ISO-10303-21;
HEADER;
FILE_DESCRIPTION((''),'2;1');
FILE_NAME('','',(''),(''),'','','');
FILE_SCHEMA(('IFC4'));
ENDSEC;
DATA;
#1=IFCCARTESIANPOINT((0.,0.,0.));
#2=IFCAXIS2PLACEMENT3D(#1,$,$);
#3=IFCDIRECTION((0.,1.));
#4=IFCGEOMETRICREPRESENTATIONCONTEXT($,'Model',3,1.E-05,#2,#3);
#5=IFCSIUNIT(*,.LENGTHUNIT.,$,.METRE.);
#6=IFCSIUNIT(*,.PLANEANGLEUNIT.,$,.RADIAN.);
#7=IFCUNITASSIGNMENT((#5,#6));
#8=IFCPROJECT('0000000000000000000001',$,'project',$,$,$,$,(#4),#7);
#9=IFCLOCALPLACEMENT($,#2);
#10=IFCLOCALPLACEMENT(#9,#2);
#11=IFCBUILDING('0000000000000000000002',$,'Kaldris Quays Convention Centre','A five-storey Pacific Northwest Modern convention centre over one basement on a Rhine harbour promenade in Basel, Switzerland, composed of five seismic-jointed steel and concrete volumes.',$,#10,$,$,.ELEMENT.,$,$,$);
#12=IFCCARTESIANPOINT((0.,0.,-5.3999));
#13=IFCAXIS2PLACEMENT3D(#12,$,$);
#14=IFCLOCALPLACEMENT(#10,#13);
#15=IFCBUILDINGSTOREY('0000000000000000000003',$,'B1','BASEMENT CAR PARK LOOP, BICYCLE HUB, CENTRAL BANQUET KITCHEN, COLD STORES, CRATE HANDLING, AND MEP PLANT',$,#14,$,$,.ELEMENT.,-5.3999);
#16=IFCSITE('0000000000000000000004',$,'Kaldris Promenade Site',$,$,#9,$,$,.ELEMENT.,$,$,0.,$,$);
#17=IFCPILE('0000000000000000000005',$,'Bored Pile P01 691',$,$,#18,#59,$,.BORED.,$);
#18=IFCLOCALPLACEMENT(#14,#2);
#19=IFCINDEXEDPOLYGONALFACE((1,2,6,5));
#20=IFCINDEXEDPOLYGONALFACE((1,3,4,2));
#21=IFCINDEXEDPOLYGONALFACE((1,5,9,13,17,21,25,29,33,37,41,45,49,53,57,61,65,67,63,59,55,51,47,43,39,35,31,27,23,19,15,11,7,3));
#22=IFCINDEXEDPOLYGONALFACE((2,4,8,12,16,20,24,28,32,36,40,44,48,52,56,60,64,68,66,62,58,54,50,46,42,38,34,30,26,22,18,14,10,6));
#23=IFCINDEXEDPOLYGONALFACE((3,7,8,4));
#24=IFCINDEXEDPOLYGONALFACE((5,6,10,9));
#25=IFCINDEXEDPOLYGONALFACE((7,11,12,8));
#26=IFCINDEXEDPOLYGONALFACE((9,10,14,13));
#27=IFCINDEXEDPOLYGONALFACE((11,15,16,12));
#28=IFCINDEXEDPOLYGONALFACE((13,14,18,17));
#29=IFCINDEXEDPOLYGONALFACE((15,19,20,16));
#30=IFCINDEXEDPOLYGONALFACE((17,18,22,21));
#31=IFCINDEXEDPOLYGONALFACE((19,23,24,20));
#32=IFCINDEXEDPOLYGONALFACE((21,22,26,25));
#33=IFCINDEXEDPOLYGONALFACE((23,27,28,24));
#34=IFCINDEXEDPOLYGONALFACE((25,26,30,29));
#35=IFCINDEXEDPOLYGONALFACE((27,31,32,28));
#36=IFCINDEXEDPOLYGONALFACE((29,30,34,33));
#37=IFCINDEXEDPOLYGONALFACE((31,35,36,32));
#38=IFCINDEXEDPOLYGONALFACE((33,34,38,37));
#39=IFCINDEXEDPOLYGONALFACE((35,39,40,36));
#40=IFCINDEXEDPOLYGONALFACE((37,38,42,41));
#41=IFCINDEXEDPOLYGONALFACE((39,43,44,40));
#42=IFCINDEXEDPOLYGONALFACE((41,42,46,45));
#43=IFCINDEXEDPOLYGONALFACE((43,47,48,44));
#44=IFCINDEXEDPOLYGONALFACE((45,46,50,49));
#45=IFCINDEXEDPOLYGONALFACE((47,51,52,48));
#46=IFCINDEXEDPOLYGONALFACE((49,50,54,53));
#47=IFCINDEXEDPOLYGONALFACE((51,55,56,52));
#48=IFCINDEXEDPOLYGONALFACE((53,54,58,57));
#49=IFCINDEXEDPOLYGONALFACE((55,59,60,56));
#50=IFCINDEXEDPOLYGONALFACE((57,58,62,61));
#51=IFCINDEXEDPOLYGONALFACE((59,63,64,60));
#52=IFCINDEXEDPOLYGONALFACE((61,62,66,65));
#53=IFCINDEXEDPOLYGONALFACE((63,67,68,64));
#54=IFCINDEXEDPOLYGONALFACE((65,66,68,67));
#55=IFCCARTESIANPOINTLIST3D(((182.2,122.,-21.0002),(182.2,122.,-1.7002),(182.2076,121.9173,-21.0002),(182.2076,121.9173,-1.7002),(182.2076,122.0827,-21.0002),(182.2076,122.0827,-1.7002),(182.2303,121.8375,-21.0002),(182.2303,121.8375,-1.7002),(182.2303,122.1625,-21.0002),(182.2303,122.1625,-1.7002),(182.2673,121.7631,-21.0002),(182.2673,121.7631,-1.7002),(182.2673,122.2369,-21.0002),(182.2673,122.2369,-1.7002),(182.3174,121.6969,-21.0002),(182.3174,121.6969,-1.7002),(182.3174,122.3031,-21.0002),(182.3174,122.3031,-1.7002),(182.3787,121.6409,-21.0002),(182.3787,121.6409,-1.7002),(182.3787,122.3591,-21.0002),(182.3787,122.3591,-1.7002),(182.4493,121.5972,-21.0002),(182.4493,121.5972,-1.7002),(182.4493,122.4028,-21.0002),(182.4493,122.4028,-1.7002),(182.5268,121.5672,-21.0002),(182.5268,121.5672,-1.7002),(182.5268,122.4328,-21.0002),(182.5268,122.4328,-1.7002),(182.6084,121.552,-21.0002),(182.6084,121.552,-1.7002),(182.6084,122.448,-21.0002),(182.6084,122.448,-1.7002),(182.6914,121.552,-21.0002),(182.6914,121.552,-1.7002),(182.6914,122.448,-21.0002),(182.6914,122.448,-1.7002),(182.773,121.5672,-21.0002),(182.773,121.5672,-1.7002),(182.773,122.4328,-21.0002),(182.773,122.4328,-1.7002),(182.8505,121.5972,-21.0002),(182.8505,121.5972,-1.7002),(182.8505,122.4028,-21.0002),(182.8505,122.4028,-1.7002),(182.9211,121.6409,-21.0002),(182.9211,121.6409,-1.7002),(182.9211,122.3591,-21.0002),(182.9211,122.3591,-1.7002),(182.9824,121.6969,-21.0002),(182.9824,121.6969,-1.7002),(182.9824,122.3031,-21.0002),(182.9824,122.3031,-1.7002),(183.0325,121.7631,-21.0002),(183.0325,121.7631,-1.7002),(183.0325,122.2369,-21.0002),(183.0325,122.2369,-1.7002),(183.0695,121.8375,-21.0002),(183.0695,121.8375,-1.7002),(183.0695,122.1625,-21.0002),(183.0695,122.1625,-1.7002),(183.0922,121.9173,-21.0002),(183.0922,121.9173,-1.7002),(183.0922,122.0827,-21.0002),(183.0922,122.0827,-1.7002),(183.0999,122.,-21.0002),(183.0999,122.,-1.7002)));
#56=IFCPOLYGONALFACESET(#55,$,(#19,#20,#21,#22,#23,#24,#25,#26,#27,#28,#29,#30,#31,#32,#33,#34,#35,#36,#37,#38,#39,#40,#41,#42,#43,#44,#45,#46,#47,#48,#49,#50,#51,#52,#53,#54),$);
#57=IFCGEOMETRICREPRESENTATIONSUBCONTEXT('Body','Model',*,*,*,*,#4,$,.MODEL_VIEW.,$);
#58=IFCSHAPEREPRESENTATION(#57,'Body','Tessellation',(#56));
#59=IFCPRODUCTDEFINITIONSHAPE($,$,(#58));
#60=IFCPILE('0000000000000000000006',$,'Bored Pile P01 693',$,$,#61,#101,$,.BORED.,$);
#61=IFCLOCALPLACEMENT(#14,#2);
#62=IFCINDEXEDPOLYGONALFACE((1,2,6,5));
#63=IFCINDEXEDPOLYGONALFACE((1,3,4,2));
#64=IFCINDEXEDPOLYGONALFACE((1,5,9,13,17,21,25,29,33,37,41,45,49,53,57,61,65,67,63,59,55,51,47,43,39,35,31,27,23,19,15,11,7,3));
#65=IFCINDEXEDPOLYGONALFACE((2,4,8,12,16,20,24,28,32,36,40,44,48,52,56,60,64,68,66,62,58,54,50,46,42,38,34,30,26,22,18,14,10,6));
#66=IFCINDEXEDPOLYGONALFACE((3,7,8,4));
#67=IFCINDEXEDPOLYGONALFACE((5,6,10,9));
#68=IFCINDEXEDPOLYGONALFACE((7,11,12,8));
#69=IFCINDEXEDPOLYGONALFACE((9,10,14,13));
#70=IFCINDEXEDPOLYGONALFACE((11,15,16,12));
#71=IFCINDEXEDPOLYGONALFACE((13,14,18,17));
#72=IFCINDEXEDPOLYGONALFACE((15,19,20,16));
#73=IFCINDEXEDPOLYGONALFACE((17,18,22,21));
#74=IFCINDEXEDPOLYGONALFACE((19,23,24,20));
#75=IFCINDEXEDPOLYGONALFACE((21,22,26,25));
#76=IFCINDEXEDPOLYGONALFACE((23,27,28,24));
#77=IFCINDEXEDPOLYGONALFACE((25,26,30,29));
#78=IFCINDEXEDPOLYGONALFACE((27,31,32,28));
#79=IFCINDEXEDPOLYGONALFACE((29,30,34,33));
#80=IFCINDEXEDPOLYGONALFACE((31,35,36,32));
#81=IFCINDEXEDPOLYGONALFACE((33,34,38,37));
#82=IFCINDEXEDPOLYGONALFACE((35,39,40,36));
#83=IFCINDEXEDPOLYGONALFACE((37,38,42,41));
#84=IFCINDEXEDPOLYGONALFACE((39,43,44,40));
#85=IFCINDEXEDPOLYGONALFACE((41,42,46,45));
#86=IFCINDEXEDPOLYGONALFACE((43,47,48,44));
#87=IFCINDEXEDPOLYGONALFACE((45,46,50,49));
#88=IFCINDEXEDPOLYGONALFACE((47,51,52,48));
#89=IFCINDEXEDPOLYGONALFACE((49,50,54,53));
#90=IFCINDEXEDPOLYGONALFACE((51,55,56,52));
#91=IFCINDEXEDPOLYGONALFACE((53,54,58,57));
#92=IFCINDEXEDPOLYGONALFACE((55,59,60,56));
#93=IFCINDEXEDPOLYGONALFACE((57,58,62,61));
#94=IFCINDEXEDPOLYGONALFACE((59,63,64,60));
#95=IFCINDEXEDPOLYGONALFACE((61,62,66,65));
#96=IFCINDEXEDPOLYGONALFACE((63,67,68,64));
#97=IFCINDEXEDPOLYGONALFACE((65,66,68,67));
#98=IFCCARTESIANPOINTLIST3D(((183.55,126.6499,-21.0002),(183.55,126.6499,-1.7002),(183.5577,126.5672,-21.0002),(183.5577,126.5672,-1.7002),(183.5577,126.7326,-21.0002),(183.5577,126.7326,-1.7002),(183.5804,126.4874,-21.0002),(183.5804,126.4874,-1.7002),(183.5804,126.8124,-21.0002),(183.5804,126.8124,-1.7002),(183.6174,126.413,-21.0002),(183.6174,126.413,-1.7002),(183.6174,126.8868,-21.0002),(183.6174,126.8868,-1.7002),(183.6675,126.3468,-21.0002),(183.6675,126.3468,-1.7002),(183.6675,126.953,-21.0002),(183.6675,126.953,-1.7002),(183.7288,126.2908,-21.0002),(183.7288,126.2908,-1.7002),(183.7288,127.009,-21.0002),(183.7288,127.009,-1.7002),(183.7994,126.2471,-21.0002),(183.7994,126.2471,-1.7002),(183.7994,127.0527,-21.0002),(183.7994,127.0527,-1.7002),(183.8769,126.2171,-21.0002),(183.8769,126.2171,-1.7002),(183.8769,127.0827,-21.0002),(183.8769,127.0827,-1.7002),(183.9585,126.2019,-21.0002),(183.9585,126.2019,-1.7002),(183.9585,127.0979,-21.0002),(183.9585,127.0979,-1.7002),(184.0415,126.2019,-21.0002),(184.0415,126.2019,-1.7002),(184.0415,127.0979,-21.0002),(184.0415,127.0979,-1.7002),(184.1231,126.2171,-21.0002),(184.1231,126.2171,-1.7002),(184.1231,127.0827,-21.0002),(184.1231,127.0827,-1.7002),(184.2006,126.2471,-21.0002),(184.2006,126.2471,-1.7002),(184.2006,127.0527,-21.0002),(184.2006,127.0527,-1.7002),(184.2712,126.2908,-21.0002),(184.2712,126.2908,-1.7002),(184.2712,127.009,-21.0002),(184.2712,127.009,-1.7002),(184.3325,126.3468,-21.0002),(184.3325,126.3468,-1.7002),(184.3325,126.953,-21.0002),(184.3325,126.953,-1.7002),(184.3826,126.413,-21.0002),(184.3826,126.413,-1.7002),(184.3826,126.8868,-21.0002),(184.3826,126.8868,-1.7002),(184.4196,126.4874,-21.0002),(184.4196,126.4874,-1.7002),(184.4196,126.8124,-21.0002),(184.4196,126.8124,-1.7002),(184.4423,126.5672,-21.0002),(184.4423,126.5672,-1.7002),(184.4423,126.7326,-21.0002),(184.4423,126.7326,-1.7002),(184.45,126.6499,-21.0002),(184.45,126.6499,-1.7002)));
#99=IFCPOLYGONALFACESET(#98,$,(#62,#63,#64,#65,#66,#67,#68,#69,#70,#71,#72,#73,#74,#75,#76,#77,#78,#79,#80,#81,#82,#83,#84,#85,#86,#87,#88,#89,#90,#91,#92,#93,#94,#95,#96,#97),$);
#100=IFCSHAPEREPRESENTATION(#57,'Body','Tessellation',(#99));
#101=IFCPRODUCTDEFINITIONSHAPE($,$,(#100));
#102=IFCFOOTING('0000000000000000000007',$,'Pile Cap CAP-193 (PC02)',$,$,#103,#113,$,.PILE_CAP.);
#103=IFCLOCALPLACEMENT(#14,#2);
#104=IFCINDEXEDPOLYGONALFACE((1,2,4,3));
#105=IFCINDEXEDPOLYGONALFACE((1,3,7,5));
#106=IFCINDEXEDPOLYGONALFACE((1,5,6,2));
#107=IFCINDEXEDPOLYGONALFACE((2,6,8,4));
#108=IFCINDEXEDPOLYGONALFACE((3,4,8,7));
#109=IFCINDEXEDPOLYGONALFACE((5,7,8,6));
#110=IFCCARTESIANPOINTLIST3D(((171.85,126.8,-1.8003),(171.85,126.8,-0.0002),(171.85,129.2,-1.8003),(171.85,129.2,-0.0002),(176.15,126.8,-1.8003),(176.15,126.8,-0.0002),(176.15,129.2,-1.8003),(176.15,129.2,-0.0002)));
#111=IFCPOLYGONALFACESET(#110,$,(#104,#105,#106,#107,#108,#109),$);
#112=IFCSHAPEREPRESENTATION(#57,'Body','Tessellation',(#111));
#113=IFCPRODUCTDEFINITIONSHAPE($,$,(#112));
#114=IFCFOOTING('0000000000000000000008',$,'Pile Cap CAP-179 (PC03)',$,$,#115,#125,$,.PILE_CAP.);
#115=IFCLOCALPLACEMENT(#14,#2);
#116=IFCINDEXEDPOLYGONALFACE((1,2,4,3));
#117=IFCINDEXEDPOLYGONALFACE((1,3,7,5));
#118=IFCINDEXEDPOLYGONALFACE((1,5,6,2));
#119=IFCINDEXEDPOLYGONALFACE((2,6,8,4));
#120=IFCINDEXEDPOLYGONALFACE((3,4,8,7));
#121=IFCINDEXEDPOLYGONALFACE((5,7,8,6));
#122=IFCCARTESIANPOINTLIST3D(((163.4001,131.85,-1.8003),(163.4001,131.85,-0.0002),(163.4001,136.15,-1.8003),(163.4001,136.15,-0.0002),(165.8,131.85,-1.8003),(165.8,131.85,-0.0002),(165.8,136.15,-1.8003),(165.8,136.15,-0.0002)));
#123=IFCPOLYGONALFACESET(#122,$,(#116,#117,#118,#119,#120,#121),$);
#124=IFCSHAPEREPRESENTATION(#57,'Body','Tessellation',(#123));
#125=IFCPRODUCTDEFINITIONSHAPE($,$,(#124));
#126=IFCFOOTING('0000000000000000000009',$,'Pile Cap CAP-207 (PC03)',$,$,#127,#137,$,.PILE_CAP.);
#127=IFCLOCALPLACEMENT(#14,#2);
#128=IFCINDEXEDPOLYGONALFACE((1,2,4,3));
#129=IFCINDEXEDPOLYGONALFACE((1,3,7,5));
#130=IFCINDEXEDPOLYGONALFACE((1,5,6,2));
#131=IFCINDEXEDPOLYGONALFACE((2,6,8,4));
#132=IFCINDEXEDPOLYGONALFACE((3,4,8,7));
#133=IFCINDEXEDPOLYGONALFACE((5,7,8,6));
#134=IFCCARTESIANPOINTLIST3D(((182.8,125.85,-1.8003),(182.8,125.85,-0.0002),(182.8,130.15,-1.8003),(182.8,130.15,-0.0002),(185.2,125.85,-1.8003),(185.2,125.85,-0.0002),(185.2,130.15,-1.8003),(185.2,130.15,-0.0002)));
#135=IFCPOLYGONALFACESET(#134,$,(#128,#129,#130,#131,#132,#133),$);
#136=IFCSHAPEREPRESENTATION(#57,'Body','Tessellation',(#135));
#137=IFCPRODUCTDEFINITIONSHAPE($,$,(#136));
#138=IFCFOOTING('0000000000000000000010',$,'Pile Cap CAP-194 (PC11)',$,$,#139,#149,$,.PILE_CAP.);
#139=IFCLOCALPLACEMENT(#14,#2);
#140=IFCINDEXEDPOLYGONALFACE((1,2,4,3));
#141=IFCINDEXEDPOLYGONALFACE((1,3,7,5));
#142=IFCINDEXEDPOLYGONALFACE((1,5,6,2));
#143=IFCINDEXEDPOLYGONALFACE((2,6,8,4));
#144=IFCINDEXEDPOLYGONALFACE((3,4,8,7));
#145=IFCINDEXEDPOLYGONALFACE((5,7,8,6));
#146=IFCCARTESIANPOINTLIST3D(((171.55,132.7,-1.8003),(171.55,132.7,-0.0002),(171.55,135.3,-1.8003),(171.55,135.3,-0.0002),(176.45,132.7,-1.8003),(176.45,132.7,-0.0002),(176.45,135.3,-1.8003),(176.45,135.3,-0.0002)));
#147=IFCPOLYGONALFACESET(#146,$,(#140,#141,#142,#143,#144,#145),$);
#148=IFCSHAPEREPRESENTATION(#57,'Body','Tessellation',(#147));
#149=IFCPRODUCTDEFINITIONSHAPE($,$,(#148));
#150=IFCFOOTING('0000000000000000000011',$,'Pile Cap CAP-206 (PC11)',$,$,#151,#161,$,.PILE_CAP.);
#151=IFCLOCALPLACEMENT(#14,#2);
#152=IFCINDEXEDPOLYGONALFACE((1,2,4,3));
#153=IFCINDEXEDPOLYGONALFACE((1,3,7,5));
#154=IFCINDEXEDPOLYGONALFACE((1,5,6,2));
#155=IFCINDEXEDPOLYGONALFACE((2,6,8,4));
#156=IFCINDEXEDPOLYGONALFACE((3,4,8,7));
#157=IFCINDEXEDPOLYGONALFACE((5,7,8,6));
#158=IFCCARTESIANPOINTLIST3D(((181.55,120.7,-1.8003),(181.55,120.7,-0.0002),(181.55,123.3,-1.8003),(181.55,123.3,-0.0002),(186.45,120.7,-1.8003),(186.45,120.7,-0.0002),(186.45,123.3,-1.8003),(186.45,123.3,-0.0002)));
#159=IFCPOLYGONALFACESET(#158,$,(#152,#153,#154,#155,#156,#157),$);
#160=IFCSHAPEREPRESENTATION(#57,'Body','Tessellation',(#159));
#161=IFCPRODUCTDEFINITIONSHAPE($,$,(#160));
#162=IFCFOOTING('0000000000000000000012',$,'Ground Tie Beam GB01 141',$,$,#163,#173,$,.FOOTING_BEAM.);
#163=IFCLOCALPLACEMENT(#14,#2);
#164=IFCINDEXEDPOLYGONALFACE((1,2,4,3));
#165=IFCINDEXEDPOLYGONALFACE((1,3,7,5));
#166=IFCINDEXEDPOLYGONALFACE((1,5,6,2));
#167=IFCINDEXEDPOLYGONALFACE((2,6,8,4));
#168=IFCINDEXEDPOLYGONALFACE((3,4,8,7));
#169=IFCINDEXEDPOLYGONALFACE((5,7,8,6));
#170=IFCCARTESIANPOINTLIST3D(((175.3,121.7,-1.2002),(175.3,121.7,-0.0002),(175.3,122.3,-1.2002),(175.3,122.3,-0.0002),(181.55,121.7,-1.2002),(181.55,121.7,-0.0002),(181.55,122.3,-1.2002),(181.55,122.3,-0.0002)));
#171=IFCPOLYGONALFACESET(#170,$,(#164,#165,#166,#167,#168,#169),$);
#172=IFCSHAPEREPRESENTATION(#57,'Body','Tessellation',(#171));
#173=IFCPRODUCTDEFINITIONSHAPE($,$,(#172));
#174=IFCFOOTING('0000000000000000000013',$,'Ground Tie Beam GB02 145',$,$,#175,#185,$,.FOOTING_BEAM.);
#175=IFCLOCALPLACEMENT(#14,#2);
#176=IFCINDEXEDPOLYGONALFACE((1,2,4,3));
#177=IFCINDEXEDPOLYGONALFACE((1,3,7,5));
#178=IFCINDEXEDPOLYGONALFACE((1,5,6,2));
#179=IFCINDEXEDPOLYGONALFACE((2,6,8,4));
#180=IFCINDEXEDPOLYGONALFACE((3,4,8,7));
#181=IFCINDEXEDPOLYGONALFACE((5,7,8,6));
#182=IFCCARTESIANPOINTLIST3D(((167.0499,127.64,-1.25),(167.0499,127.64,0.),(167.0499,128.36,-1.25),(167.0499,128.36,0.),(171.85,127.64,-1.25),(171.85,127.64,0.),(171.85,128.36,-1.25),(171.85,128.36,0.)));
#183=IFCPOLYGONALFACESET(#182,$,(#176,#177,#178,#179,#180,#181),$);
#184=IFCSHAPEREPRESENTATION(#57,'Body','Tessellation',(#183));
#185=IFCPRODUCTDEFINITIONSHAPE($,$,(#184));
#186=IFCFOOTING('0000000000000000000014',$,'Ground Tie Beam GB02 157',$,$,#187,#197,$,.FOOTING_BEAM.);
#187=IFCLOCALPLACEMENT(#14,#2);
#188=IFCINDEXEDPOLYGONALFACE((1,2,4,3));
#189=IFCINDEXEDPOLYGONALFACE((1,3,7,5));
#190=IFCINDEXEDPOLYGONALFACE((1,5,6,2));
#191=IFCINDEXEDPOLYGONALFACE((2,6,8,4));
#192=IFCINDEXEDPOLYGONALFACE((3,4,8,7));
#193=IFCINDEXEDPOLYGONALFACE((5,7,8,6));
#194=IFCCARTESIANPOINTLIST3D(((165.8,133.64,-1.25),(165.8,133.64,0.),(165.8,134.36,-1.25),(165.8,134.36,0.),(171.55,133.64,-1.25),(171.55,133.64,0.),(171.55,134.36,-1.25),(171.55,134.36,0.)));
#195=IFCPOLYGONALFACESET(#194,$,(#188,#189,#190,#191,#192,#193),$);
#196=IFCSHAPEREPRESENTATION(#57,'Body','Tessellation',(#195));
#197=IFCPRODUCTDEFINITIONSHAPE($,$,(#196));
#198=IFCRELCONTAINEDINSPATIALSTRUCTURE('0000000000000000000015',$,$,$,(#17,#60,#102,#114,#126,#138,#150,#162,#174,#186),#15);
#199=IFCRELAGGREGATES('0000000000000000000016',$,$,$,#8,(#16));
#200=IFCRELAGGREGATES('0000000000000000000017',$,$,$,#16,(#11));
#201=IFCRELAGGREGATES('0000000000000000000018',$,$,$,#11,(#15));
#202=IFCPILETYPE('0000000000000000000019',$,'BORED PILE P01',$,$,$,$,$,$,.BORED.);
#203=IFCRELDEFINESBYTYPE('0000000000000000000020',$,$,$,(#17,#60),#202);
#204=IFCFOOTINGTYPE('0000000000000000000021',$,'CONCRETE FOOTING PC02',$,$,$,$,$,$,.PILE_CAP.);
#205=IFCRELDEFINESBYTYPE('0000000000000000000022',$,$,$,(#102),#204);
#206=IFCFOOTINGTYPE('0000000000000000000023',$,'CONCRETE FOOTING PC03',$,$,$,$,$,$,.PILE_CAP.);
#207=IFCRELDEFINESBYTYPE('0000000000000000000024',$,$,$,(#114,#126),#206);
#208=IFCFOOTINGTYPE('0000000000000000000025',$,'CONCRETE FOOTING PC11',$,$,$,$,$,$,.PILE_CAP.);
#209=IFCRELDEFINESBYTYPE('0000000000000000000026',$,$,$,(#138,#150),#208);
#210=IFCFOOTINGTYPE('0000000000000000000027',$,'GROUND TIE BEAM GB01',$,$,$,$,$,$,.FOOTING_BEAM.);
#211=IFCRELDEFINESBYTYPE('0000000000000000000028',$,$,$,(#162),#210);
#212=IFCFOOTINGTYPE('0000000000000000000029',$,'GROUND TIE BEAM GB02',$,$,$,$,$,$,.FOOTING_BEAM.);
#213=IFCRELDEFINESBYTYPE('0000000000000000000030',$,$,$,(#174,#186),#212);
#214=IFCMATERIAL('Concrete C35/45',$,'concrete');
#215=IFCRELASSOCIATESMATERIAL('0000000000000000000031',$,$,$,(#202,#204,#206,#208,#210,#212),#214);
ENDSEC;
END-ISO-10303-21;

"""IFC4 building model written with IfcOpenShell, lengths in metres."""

from ifc_helpers import new_model, si_unit, direction, frame, origin, origin_2d, place, context, subcontext, project, spatial, rectangle, circle, extrude, material, material_profile, profile_set, type_object, element, save


model = new_model("IFC4")

# Units and contexts
model_context = context("Model", 3, precision=1e-05, world=origin(), true_north=direction((0.0, 1.0)))
body_context = subcontext(model_context, "Body", "Model", "MODEL_VIEW")
ifc_project = project(units=[si_unit("LENGTHUNIT", "METRE"), si_unit("PLANEANGLEUNIT", "RADIAN")], contexts=[model_context])

# Site, building, storey
site_placement = place(None, origin())
site = spatial("IfcSite", under=ifc_project, at=site_placement, Name="Kaldris Promenade Site", CompositionType="ELEMENT", RefElevation=0.0)
building_placement = place(site_placement, origin())
building = spatial("IfcBuilding", under=site, at=building_placement, Name="Kaldris Quays Convention Centre", Description="A five-storey Pacific Northwest Modern convention centre over one basement on a Rhine harbour promenade in Basel, Switzerland, composed of five seismic-jointed steel and concrete volumes.", CompositionType="ELEMENT")
storey_placement = place(building_placement, frame((0.0, 0.0, -5.3999)))
storey = spatial("IfcBuildingStorey", under=building, at=storey_placement, Name="B1", Description="BASEMENT CAR PARK LOOP, BICYCLE HUB, CENTRAL BANQUET KITCHEN, COLD STORES, CRATE HANDLING, AND MEP PLANT", CompositionType="ELEMENT", Elevation=-5.3999)

# Piles
ifc_material_1 = material(Name="Concrete C35/45", Category="concrete")
ifc_material_profile_1 = material_profile(ifc_material_1, circle(Radius=0.45, at=origin_2d()), Name="BORED PILE D900")
ifc_profile_set_1 = profile_set([ifc_material_profile_1], Name="Concrete C35/45")
pile_type = type_object("IfcPileType", Name="BORED PILE P01", PredefinedType="BORED", material=ifc_profile_set_1)
for number, where, z_axis, x_axis, name in (
    (1, (182.6499, 122.0, -1.7002), (0.0, 0.0, -1.0), (1.0, 0.0, 0.0), "Bored Pile P01 691"),
    (2, (184.0, 126.6499, -1.7002), (0.0, 0.0, -1.0), (1.0, 0.0, 0.0), "Bored Pile P01 693"),
):
    element("IfcPile", number, at=place(storey_placement, frame(where, z_axis=z_axis, x_axis=x_axis)), inside=storey, type_object=pile_type, Name=name, PredefinedType="BORED", context=body_context, shape_type="SweptSolid", body=[
        extrude(circle(Radius=0.45, at=origin_2d()), origin(), (0.0, 0.0, 1.0), 19.3),
    ])

# Footings
footing_type_1 = type_object("IfcFootingType", Name="CONCRETE FOOTING PC02", PredefinedType="PILE_CAP", material=ifc_material_1)
footing_1_placement = place(storey_placement, frame((174.0, 128.0, -1.8003), z_axis=(0.0, 0.0, 1.0), x_axis=(1.0, 0.0, 0.0)))
element("IfcFooting", 3, at=footing_1_placement, inside=storey, type_object=footing_type_1, Name="Pile Cap CAP-193 (PC02)", PredefinedType="PILE_CAP", context=body_context, shape_type="SweptSolid", body=[
    extrude(rectangle(XDim=4.3, YDim=2.3999, at=origin_2d()), origin(), (0.0, 0.0, 1.0), 1.8),
])
footing_type_2 = type_object("IfcFootingType", Name="CONCRETE FOOTING PC03", PredefinedType="PILE_CAP", material=ifc_material_1)
for number, where, z_axis, x_axis, name in (
    (4, (164.6001, 134.0, -1.8003), (0.0, 0.0, 1.0), (1.0, 0.0, 0.0), "Pile Cap CAP-179 (PC03)"),
    (5, (184.0, 128.0, -1.8003), (0.0, 0.0, 1.0), (1.0, 0.0, 0.0), "Pile Cap CAP-207 (PC03)"),
):
    element("IfcFooting", number, at=place(storey_placement, frame(where, z_axis=z_axis, x_axis=x_axis)), inside=storey, type_object=footing_type_2, Name=name, PredefinedType="PILE_CAP", context=body_context, shape_type="SweptSolid", body=[
        extrude(rectangle(XDim=2.3999, YDim=4.3, at=origin_2d()), origin(), (0.0, 0.0, 1.0), 1.8),
    ])
footing_type_3 = type_object("IfcFootingType", Name="CONCRETE FOOTING PC11", PredefinedType="PILE_CAP", material=ifc_material_1)
for number, where, z_axis, x_axis, name in (
    (6, (174.0, 134.0, -1.8003), (0.0, 0.0, 1.0), (1.0, 0.0, 0.0), "Pile Cap CAP-194 (PC11)"),
    (7, (184.0, 122.0, -1.8003), (0.0, 0.0, 1.0), (1.0, 0.0, 0.0), "Pile Cap CAP-206 (PC11)"),
):
    element("IfcFooting", number, at=place(storey_placement, frame(where, z_axis=z_axis, x_axis=x_axis)), inside=storey, type_object=footing_type_3, Name=name, PredefinedType="PILE_CAP", context=body_context, shape_type="SweptSolid", body=[
        extrude(rectangle(XDim=4.8999, YDim=2.6001, at=origin_2d()), origin(), (0.0, 0.0, 1.0), 1.8),
    ])
footing_type_4 = type_object("IfcFootingType", Name="GROUND TIE BEAM GB01", PredefinedType="FOOTING_BEAM", material=ifc_material_1)
footing_2_placement = place(storey_placement, frame((178.425, 122.0, -1.2002), z_axis=(0.0, 0.0, 1.0), x_axis=(1.0, 0.0, 0.0)))
element("IfcFooting", 8, at=footing_2_placement, inside=storey, type_object=footing_type_4, Name="Ground Tie Beam GB01 141", PredefinedType="FOOTING_BEAM", context=body_context, shape_type="SweptSolid", body=[
    extrude(rectangle(XDim=6.25, YDim=0.6001, at=origin_2d()), origin(), (0.0, 0.0, 1.0), 1.2),
])
footing_type_5 = type_object("IfcFootingType", Name="GROUND TIE BEAM GB02", PredefinedType="FOOTING_BEAM", material=ifc_material_1)
footing_3_placement = place(storey_placement, frame((169.45, 128.0, -1.25), z_axis=(0.0, 0.0, 1.0), x_axis=(1.0, 0.0, 0.0)))
element("IfcFooting", 9, at=footing_3_placement, inside=storey, type_object=footing_type_5, Name="Ground Tie Beam GB02 145", PredefinedType="FOOTING_BEAM", context=body_context, shape_type="SweptSolid", body=[
    extrude(rectangle(XDim=4.8, YDim=0.72, at=origin_2d()), origin(), (0.0, 0.0, 1.0), 1.25),
])
footing_4_placement = place(storey_placement, frame((168.675, 134.0, -1.25), z_axis=(0.0, 0.0, 1.0), x_axis=(1.0, 0.0, 0.0)))
element("IfcFooting", 10, at=footing_4_placement, inside=storey, type_object=footing_type_5, Name="Ground Tie Beam GB02 157", PredefinedType="FOOTING_BEAM", context=body_context, shape_type="SweptSolid", body=[
    extrude(rectangle(XDim=5.75, YDim=0.72, at=origin_2d()), origin(), (0.0, 0.0, 1.0), 1.25),
])

save(model, "model.ifc")
